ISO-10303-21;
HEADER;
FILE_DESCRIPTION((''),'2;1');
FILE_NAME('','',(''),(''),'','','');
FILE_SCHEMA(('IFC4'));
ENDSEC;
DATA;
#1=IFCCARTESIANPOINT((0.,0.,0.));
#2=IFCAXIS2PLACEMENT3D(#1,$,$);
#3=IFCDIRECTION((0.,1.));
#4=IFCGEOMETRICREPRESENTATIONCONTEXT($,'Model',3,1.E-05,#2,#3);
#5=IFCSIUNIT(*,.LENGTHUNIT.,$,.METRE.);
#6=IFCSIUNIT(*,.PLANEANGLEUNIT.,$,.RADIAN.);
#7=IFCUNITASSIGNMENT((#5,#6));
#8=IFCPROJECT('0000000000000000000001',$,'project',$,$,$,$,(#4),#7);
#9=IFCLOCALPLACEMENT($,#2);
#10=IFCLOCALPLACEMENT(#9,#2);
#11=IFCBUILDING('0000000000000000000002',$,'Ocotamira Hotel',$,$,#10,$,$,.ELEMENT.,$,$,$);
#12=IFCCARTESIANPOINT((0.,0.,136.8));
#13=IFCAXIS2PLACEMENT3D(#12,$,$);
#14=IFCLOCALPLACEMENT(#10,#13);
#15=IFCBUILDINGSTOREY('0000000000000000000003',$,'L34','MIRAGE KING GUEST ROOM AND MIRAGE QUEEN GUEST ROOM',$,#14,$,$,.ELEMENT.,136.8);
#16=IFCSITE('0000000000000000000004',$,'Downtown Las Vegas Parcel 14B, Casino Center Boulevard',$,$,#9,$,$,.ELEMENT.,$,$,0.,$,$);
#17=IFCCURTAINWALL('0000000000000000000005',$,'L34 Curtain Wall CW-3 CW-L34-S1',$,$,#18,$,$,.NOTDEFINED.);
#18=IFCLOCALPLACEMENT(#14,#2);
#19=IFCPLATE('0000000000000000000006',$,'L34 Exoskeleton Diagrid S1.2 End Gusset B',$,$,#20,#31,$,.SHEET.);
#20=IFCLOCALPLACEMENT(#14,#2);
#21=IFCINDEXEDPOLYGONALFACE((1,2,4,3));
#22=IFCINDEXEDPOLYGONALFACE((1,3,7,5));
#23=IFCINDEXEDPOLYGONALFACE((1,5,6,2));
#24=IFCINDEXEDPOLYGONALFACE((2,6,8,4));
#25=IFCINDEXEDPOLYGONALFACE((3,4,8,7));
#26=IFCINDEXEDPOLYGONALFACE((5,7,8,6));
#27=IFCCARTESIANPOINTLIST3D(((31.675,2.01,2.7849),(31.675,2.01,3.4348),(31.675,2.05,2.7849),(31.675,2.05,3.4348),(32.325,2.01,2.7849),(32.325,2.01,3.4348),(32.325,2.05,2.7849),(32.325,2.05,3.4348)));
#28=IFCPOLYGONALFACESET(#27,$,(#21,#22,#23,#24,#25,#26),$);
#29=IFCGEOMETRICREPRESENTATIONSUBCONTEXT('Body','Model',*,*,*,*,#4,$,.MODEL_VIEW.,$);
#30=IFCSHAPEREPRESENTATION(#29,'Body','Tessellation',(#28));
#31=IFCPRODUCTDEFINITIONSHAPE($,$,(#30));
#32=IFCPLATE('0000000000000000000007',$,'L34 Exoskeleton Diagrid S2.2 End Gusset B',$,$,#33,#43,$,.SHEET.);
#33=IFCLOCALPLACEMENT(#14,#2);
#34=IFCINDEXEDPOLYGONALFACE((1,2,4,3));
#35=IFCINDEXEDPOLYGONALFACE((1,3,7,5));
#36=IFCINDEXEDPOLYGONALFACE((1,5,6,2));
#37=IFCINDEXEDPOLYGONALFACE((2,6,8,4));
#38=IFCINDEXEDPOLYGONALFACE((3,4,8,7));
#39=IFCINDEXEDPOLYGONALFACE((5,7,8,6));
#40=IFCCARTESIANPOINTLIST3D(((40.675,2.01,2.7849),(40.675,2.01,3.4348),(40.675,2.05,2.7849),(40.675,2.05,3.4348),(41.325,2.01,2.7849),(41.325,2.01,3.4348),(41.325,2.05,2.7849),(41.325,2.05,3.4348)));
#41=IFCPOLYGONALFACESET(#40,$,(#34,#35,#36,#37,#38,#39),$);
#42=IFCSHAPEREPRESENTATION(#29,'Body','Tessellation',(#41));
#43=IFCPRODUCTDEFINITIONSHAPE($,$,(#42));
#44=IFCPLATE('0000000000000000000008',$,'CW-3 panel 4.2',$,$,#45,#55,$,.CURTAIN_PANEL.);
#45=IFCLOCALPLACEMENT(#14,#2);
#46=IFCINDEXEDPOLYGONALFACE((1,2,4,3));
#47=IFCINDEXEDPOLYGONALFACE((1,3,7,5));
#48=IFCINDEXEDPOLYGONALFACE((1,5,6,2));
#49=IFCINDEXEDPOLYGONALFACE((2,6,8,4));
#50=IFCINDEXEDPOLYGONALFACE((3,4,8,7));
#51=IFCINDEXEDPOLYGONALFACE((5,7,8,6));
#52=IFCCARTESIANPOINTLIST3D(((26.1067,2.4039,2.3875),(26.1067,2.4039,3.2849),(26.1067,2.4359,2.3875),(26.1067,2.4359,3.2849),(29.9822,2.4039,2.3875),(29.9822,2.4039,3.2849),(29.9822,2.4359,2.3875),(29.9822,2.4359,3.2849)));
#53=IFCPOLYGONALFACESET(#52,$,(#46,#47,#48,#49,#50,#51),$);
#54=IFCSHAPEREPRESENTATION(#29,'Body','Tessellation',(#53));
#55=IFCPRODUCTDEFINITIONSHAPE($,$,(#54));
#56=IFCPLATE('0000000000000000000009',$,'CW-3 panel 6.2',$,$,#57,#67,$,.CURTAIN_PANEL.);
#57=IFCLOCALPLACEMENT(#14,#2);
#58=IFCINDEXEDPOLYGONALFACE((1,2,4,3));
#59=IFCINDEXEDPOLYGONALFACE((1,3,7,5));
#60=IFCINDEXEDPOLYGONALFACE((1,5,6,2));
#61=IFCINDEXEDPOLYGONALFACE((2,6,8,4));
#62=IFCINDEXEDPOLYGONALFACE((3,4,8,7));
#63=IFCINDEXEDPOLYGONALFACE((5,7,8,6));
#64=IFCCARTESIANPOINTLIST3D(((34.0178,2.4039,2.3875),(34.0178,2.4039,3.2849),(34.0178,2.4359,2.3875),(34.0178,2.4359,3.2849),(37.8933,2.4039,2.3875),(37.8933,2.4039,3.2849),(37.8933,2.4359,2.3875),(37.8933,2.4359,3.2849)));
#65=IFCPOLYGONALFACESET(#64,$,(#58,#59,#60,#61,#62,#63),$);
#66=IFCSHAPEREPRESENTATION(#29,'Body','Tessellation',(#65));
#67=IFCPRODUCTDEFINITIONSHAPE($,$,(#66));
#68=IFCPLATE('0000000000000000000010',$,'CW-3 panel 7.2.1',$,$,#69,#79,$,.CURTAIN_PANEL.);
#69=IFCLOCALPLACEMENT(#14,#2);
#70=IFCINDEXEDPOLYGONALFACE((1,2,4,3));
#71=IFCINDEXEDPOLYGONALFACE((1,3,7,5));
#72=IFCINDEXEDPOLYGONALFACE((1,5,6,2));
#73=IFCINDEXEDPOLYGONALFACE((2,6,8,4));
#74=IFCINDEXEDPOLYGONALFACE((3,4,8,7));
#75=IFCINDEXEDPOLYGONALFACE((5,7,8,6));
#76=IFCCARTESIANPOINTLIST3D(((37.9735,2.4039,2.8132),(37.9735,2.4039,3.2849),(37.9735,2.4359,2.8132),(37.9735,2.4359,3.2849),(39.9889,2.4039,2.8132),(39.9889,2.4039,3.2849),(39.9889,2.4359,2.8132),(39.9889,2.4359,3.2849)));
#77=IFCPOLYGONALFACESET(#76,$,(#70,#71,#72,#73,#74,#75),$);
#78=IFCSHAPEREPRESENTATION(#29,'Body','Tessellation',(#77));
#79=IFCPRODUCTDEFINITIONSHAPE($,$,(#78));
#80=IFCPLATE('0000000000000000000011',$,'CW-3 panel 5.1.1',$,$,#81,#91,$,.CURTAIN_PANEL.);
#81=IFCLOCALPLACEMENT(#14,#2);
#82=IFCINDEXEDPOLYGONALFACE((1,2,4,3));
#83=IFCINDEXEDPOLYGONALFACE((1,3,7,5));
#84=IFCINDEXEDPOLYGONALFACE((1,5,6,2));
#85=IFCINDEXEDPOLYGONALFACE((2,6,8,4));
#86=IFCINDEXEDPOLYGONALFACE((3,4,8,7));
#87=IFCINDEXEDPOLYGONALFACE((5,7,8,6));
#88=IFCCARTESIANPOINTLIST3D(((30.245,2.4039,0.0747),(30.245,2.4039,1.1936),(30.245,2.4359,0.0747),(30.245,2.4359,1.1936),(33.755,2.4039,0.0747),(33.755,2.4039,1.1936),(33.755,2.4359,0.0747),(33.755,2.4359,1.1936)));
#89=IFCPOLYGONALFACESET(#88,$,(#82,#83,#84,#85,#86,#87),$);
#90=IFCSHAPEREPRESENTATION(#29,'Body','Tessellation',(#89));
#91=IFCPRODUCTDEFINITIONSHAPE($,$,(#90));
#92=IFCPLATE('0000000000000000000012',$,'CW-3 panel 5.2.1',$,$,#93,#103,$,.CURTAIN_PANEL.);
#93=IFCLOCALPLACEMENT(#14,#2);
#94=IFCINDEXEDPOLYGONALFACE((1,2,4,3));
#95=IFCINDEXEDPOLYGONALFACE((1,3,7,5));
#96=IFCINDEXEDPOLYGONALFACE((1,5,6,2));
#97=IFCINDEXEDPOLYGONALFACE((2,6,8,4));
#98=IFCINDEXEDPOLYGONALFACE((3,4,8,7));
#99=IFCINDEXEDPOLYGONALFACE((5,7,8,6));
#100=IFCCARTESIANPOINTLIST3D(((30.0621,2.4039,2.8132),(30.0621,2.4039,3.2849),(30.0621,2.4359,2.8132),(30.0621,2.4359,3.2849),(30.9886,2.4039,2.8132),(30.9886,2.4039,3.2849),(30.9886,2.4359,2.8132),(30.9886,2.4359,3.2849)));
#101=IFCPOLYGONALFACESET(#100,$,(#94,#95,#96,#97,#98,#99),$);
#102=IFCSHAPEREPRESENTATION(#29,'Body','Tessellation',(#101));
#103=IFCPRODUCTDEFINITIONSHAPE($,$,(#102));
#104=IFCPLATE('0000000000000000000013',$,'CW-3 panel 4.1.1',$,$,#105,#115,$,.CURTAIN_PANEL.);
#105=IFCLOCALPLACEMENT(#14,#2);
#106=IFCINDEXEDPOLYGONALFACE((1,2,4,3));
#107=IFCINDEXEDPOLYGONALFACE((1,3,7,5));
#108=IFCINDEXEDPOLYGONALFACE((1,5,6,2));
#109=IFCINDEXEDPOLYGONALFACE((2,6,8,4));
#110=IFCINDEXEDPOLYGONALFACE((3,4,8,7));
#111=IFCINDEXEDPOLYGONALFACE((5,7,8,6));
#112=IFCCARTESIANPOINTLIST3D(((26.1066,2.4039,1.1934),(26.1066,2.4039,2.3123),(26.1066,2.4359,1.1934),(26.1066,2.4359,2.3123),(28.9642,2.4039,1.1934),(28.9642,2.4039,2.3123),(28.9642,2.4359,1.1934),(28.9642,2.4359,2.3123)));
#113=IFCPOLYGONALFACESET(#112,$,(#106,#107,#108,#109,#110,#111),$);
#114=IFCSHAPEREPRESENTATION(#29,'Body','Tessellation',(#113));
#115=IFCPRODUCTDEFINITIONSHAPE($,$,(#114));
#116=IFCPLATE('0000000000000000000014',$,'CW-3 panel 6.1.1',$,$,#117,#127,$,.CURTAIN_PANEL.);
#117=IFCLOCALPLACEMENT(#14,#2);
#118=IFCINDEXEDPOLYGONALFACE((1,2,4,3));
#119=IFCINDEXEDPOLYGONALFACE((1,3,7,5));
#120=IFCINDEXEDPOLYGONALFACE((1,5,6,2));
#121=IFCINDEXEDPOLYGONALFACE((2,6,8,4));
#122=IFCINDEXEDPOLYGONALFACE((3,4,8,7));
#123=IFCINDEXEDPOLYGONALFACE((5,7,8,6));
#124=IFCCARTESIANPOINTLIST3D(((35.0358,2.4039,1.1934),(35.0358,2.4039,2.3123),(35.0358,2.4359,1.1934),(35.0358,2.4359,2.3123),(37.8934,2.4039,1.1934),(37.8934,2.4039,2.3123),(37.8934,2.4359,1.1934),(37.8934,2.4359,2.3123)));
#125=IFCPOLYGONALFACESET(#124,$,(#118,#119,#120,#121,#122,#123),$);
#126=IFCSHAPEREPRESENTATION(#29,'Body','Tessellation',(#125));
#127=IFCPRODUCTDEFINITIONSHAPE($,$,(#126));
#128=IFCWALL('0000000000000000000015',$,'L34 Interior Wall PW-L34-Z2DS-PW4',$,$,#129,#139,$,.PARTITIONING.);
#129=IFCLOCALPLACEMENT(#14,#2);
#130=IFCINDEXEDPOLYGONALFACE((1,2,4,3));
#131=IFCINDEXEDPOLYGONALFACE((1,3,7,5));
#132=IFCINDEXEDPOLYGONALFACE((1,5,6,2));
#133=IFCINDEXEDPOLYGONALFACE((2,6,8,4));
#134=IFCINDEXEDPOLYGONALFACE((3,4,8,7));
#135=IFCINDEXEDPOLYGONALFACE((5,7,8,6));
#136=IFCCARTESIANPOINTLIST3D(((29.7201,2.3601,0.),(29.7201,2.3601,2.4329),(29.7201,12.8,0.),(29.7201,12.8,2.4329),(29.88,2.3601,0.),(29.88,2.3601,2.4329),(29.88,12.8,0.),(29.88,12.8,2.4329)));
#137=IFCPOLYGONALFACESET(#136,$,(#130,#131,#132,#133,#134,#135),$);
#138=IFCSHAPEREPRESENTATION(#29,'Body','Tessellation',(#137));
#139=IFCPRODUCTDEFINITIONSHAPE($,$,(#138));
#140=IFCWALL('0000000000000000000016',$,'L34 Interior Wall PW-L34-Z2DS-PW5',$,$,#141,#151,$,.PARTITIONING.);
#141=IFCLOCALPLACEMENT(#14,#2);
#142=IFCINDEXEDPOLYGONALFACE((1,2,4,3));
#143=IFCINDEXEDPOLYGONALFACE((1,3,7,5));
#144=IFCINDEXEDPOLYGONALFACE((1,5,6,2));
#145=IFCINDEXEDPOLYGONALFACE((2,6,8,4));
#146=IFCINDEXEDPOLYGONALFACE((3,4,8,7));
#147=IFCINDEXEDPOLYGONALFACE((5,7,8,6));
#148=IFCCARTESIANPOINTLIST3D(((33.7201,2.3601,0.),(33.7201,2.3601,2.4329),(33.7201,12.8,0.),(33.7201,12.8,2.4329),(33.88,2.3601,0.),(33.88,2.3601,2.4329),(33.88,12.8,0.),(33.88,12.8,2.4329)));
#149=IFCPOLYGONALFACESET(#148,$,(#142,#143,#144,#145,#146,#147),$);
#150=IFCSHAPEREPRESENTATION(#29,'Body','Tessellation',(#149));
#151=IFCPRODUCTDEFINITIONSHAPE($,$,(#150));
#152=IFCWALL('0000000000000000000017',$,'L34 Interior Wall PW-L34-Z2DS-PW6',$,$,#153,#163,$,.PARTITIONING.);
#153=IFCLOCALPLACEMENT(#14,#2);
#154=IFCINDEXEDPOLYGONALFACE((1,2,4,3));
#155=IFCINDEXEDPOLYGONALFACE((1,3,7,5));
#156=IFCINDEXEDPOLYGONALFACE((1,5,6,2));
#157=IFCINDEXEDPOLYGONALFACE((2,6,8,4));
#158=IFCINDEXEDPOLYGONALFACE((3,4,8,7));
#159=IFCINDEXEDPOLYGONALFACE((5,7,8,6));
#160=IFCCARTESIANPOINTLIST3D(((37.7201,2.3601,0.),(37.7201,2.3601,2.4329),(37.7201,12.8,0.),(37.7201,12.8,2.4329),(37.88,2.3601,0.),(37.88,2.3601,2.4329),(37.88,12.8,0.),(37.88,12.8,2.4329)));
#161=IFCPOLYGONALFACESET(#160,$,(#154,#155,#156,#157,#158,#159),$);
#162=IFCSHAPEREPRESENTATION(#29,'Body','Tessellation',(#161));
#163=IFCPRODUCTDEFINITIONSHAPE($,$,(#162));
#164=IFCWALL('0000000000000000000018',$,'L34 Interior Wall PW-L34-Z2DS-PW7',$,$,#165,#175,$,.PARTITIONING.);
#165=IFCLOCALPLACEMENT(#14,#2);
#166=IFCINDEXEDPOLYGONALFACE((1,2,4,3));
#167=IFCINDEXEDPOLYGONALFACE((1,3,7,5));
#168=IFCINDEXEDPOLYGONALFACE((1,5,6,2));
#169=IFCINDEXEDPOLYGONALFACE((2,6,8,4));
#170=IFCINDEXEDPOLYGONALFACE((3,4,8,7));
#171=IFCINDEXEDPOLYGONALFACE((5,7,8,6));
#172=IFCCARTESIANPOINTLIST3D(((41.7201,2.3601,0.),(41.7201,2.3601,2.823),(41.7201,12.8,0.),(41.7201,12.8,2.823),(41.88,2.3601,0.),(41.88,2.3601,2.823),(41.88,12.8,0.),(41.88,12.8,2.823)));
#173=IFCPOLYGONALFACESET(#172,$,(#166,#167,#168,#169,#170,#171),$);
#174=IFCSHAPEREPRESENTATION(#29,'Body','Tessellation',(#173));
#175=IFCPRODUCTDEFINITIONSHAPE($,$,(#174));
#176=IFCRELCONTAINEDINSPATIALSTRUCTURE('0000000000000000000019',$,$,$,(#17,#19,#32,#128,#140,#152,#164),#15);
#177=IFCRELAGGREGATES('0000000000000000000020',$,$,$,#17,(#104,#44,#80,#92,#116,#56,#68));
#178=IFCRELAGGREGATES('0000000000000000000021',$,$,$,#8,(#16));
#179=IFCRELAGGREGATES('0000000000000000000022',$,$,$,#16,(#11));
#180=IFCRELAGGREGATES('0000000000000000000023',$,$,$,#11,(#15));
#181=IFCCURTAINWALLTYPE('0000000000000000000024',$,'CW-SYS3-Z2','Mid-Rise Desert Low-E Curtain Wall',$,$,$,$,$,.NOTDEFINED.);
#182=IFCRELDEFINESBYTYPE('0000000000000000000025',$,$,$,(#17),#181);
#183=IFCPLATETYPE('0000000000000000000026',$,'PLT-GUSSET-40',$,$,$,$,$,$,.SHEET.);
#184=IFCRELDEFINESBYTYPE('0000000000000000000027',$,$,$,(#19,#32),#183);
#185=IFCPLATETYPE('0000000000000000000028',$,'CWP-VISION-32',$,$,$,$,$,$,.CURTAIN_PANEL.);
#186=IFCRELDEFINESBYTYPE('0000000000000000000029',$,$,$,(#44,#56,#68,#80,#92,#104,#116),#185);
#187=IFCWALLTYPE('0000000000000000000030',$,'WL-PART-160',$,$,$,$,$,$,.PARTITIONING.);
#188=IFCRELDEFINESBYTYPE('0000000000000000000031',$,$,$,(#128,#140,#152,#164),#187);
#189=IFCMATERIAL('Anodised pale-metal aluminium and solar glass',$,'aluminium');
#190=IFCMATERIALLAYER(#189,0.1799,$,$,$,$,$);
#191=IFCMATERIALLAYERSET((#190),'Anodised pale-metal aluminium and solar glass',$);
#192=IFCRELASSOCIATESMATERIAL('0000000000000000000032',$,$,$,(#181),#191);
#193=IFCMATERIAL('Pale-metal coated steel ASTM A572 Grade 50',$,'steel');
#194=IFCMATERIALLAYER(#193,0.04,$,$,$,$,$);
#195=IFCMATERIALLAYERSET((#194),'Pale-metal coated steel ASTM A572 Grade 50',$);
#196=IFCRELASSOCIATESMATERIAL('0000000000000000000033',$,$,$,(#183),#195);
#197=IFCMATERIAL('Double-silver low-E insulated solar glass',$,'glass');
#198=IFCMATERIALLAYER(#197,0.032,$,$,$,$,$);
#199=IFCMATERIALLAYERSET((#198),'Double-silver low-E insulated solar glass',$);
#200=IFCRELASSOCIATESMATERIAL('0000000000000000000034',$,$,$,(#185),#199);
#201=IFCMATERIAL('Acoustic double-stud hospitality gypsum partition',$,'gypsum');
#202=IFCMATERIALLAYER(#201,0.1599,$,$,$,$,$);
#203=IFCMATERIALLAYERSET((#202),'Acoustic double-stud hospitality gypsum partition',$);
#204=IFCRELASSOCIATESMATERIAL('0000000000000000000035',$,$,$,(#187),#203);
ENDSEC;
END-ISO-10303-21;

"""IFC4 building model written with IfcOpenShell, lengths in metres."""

from ifc_helpers import new_model, si_unit, direction, frame, frame_2d, origin, origin_2d, place, context, subcontext, project, spatial, rectangle, extrude, source, transform, mapped, material, layer, layer_set, type_object, element, aggregate, save


model = new_model("IFC4")

# Units and contexts
model_context = context("Model", 3, precision=1e-05, world=origin(), true_north=direction((0.0, 1.0)))
body_context = subcontext(model_context, "Body", "Model", "MODEL_VIEW")
ifc_project = project(units=[si_unit("LENGTHUNIT", "METRE"), si_unit("PLANEANGLEUNIT", "RADIAN")], contexts=[model_context])

# Site, building, storey
site_placement = place(None, origin())
site = spatial("IfcSite", under=ifc_project, at=site_placement, Name="Downtown Las Vegas Parcel 14B, Casino Center Boulevard", CompositionType="ELEMENT", RefElevation=0.0)
building_placement = place(site_placement, origin())
building = spatial("IfcBuilding", under=site, at=building_placement, Name="Ocotamira Hotel", CompositionType="ELEMENT")
storey_placement = place(building_placement, frame((0.0, 0.0, 136.8)))
storey = spatial("IfcBuildingStorey", under=building, at=storey_placement, Name="L34", Description="MIRAGE KING GUEST ROOM AND MIRAGE QUEEN GUEST ROOM", CompositionType="ELEMENT", Elevation=136.8)

# Curtain wall
ifc_material_1 = material(Name="Anodised pale-metal aluminium and solar glass", Category="aluminium")
ifc_layer_1 = layer(ifc_material_1, 0.1799)
ifc_layer_set_1 = layer_set([ifc_layer_1], Name="Anodised pale-metal aluminium and solar glass")
curtain_wall_type = type_object("IfcCurtainWallType", Name="CW-SYS3-Z2", Description="Mid-Rise Desert Low-E Curtain Wall", PredefinedType="NOTDEFINED", material=ifc_layer_set_1)
curtain_wall_placement = place(storey_placement, origin())
curtain_wall = element("IfcCurtainWall", 1, at=curtain_wall_placement, inside=storey, type_object=curtain_wall_type, Name="L34 Curtain Wall CW-3 CW-L34-S1", PredefinedType="NOTDEFINED")

# Plates
ifc_material_2 = material(Name="Pale-metal coated steel ASTM A572 Grade 50", Category="steel")
ifc_layer_2 = layer(ifc_material_2, 0.04)
ifc_layer_set_2 = layer_set([ifc_layer_2], Name="Pale-metal coated steel ASTM A572 Grade 50")
plate_type_1 = type_object("IfcPlateType", Name="PLT-GUSSET-40", PredefinedType="SHEET", material=ifc_layer_set_2)
shared_shape_1 = source(origin(), body_context, "Body", "SweptSolid", [
    extrude(rectangle(XDim=0.6499, YDim=0.04, at=origin_2d()), origin(), (0.0, 0.0, 1.0), 0.6499),
])
for number, where, z_axis, x_axis, name in (
    (2, (32.0, 2.03, 2.7849), (0.0, 0.0, 1.0), (1.0, 0.0, 0.0), "L34 Exoskeleton Diagrid S1.2 End Gusset B"),
    (3, (41.0, 2.03, 2.7849), (0.0, 0.0, 1.0), (1.0, 0.0, 0.0), "L34 Exoskeleton Diagrid S2.2 End Gusset B"),
):
    element("IfcPlate", number, at=place(storey_placement, frame(where, z_axis=z_axis, x_axis=x_axis)), inside=storey, type_object=plate_type_1, Name=name, PredefinedType="SHEET", context=body_context, shape_type="MappedRepresentation", body=[
        mapped(shared_shape_1, transform((0.0, 0.0, 0.0), scale=1.0)),
    ])

# Plates
ifc_material_3 = material(Name="Double-silver low-E insulated solar glass", Category="glass")
ifc_layer_3 = layer(ifc_material_3, 0.032)
ifc_layer_set_3 = layer_set([ifc_layer_3], Name="Double-silver low-E insulated solar glass")
plate_type_2 = type_object("IfcPlateType", Name="CWP-VISION-32", PredefinedType="CURTAIN_PANEL", material=ifc_layer_set_3)
shared_shape_2 = source(origin(), body_context, "Body", "SweptSolid", [
    extrude(rectangle(XDim=3.8755, YDim=0.032, at=origin_2d()), origin(), (0.0, 0.0, 1.0), 0.8975),
])
plate_1_placement = place(storey_placement, frame((28.0444, 2.4199, 2.3875), z_axis=(0.0, 0.0, 1.0), x_axis=(1.0, 0.0, 0.0)))
plate_1 = element("IfcPlate", 4, at=plate_1_placement, type_object=plate_type_2, Name="CW-3 panel 4.2", PredefinedType="CURTAIN_PANEL", context=body_context, shape_type="MappedRepresentation", body=[
    mapped(shared_shape_2, transform((0.0, 0.0, 0.0), scale=1.0)),
])
plate_2_placement = place(storey_placement, frame((35.9556, 2.4199, 2.3875), z_axis=(0.0, 0.0, 1.0), x_axis=(1.0, 0.0, 0.0)))
plate_2 = element("IfcPlate", 5, at=plate_2_placement, type_object=plate_type_2, Name="CW-3 panel 6.2", PredefinedType="CURTAIN_PANEL", context=body_context, shape_type="MappedRepresentation", body=[
    mapped(shared_shape_2, transform((0.0, 0.0, 0.0), scale=1.0)),
])
shared_shape_3 = source(origin(), body_context, "Body", "SweptSolid", [
    extrude(rectangle(XDim=2.0154, YDim=0.032, at=origin_2d()), origin(), (0.0, 0.0, 1.0), 0.4717),
])
plate_3_placement = place(storey_placement, frame((38.9812, 2.4199, 2.8132), z_axis=(0.0, 0.0, 1.0), x_axis=(1.0, 0.0, 0.0)))
plate_3 = element("IfcPlate", 6, at=plate_3_placement, type_object=plate_type_2, Name="CW-3 panel 7.2.1", PredefinedType="CURTAIN_PANEL", context=body_context, shape_type="MappedRepresentation", body=[
    mapped(shared_shape_3, transform((0.0, 0.0, 0.0), scale=1.0)),
])
shared_shape_4 = source(origin(), body_context, "Body", "SweptSolid", [
    extrude(rectangle(XDim=3.51, YDim=0.032, at=origin_2d()), origin(), (0.0, 0.0, 1.0), 1.1189),
])
plate_4_placement = place(storey_placement, frame((32.0, 2.4199, 0.0747), z_axis=(0.0, 0.0, 1.0), x_axis=(1.0, 0.0, 0.0)))
plate_4 = element("IfcPlate", 7, at=plate_4_placement, type_object=plate_type_2, Name="CW-3 panel 5.1.1", PredefinedType="CURTAIN_PANEL", context=body_context, shape_type="MappedRepresentation", body=[
    mapped(shared_shape_4, transform((0.0, 0.0, 0.0), scale=1.0)),
])
shared_shape_5 = source(origin(), body_context, "Body", "SweptSolid", [
    extrude(rectangle(XDim=0.9265, YDim=0.032, at=origin_2d()), origin(), (0.0, 0.0, 1.0), 0.4717),
])
plate_5_placement = place(storey_placement, frame((30.5254, 2.4199, 2.8132), z_axis=(0.0, 0.0, 1.0), x_axis=(1.0, 0.0, 0.0)))
plate_5 = element("IfcPlate", 8, at=plate_5_placement, type_object=plate_type_2, Name="CW-3 panel 5.2.1", PredefinedType="CURTAIN_PANEL", context=body_context, shape_type="MappedRepresentation", body=[
    mapped(shared_shape_5, transform((0.0, 0.0, 0.0), scale=1.0)),
])
shared_shape_6 = source(origin(), body_context, "Body", "SweptSolid", [
    extrude(rectangle(XDim=2.8577, YDim=0.032, at=origin_2d()), origin(), (0.0, 0.0, 1.0), 1.1189),
])
plate_6_placement = place(storey_placement, frame((27.5354, 2.4199, 1.1934), z_axis=(0.0, 0.0, 1.0), x_axis=(1.0, 0.0, 0.0)))
plate_6 = element("IfcPlate", 9, at=plate_6_placement, type_object=plate_type_2, Name="CW-3 panel 4.1.1", PredefinedType="CURTAIN_PANEL", context=body_context, shape_type="MappedRepresentation", body=[
    mapped(shared_shape_6, transform((0.0, 0.0, 0.0), scale=1.0)),
])
plate_7_placement = place(storey_placement, frame((36.4646, 2.4199, 1.1934), z_axis=(0.0, 0.0, 1.0), x_axis=(1.0, 0.0, 0.0)))
plate_7 = element("IfcPlate", 10, at=plate_7_placement, type_object=plate_type_2, Name="CW-3 panel 6.1.1", PredefinedType="CURTAIN_PANEL", context=body_context, shape_type="MappedRepresentation", body=[
    mapped(shared_shape_6, transform((0.0, 0.0, 0.0), scale=1.0)),
])
aggregate(curtain_wall, [plate_6, plate_1, plate_4, plate_5, plate_7, plate_2, plate_3])

# Walls
ifc_material_4 = material(Name="Acoustic double-stud hospitality gypsum partition", Category="gypsum")
ifc_layer_4 = layer(ifc_material_4, 0.1599)
ifc_layer_set_4 = layer_set([ifc_layer_4], Name="Acoustic double-stud hospitality gypsum partition")
wall_type = type_object("IfcWallType", Name="WL-PART-160", PredefinedType="PARTITIONING", material=ifc_layer_set_4)
for number, where, z_axis, x_axis, name in (
    (11, (29.8, 2.3601, 0.0), (0.0, 0.0, 1.0), (0.0, 1.0, 0.0), "L34 Interior Wall PW-L34-Z2DS-PW4"),
    (12, (33.8, 2.3601, 0.0), (0.0, 0.0, 1.0), (0.0, 1.0, 0.0), "L34 Interior Wall PW-L34-Z2DS-PW5"),
    (13, (37.8, 2.3601, 0.0), (0.0, 0.0, 1.0), (0.0, 1.0, 0.0), "L34 Interior Wall PW-L34-Z2DS-PW6"),
):
    element("IfcWall", number, at=place(storey_placement, frame(where, z_axis=z_axis, x_axis=x_axis)), inside=storey, type_object=wall_type, Name=name, PredefinedType="PARTITIONING", context=body_context, shape_type="SweptSolid", body=[
        extrude(rectangle(XDim=10.4399, YDim=0.1599, at=frame_2d((5.22, 0.0))), origin(), (0.0, 0.0, 1.0), 2.4329),
    ])
wall_placement = place(storey_placement, frame((41.8, 2.3601, 0.0), z_axis=(0.0, 0.0, 1.0), x_axis=(0.0, 1.0, 0.0)))
element("IfcWall", 14, at=wall_placement, inside=storey, type_object=wall_type, Name="L34 Interior Wall PW-L34-Z2DS-PW7", PredefinedType="PARTITIONING", context=body_context, shape_type="SweptSolid", body=[
    extrude(rectangle(XDim=10.4399, YDim=0.1599, at=frame_2d((5.22, 0.0))), origin(), (0.0, 0.0, 1.0), 2.823),
])

save(model, "model.ifc")
